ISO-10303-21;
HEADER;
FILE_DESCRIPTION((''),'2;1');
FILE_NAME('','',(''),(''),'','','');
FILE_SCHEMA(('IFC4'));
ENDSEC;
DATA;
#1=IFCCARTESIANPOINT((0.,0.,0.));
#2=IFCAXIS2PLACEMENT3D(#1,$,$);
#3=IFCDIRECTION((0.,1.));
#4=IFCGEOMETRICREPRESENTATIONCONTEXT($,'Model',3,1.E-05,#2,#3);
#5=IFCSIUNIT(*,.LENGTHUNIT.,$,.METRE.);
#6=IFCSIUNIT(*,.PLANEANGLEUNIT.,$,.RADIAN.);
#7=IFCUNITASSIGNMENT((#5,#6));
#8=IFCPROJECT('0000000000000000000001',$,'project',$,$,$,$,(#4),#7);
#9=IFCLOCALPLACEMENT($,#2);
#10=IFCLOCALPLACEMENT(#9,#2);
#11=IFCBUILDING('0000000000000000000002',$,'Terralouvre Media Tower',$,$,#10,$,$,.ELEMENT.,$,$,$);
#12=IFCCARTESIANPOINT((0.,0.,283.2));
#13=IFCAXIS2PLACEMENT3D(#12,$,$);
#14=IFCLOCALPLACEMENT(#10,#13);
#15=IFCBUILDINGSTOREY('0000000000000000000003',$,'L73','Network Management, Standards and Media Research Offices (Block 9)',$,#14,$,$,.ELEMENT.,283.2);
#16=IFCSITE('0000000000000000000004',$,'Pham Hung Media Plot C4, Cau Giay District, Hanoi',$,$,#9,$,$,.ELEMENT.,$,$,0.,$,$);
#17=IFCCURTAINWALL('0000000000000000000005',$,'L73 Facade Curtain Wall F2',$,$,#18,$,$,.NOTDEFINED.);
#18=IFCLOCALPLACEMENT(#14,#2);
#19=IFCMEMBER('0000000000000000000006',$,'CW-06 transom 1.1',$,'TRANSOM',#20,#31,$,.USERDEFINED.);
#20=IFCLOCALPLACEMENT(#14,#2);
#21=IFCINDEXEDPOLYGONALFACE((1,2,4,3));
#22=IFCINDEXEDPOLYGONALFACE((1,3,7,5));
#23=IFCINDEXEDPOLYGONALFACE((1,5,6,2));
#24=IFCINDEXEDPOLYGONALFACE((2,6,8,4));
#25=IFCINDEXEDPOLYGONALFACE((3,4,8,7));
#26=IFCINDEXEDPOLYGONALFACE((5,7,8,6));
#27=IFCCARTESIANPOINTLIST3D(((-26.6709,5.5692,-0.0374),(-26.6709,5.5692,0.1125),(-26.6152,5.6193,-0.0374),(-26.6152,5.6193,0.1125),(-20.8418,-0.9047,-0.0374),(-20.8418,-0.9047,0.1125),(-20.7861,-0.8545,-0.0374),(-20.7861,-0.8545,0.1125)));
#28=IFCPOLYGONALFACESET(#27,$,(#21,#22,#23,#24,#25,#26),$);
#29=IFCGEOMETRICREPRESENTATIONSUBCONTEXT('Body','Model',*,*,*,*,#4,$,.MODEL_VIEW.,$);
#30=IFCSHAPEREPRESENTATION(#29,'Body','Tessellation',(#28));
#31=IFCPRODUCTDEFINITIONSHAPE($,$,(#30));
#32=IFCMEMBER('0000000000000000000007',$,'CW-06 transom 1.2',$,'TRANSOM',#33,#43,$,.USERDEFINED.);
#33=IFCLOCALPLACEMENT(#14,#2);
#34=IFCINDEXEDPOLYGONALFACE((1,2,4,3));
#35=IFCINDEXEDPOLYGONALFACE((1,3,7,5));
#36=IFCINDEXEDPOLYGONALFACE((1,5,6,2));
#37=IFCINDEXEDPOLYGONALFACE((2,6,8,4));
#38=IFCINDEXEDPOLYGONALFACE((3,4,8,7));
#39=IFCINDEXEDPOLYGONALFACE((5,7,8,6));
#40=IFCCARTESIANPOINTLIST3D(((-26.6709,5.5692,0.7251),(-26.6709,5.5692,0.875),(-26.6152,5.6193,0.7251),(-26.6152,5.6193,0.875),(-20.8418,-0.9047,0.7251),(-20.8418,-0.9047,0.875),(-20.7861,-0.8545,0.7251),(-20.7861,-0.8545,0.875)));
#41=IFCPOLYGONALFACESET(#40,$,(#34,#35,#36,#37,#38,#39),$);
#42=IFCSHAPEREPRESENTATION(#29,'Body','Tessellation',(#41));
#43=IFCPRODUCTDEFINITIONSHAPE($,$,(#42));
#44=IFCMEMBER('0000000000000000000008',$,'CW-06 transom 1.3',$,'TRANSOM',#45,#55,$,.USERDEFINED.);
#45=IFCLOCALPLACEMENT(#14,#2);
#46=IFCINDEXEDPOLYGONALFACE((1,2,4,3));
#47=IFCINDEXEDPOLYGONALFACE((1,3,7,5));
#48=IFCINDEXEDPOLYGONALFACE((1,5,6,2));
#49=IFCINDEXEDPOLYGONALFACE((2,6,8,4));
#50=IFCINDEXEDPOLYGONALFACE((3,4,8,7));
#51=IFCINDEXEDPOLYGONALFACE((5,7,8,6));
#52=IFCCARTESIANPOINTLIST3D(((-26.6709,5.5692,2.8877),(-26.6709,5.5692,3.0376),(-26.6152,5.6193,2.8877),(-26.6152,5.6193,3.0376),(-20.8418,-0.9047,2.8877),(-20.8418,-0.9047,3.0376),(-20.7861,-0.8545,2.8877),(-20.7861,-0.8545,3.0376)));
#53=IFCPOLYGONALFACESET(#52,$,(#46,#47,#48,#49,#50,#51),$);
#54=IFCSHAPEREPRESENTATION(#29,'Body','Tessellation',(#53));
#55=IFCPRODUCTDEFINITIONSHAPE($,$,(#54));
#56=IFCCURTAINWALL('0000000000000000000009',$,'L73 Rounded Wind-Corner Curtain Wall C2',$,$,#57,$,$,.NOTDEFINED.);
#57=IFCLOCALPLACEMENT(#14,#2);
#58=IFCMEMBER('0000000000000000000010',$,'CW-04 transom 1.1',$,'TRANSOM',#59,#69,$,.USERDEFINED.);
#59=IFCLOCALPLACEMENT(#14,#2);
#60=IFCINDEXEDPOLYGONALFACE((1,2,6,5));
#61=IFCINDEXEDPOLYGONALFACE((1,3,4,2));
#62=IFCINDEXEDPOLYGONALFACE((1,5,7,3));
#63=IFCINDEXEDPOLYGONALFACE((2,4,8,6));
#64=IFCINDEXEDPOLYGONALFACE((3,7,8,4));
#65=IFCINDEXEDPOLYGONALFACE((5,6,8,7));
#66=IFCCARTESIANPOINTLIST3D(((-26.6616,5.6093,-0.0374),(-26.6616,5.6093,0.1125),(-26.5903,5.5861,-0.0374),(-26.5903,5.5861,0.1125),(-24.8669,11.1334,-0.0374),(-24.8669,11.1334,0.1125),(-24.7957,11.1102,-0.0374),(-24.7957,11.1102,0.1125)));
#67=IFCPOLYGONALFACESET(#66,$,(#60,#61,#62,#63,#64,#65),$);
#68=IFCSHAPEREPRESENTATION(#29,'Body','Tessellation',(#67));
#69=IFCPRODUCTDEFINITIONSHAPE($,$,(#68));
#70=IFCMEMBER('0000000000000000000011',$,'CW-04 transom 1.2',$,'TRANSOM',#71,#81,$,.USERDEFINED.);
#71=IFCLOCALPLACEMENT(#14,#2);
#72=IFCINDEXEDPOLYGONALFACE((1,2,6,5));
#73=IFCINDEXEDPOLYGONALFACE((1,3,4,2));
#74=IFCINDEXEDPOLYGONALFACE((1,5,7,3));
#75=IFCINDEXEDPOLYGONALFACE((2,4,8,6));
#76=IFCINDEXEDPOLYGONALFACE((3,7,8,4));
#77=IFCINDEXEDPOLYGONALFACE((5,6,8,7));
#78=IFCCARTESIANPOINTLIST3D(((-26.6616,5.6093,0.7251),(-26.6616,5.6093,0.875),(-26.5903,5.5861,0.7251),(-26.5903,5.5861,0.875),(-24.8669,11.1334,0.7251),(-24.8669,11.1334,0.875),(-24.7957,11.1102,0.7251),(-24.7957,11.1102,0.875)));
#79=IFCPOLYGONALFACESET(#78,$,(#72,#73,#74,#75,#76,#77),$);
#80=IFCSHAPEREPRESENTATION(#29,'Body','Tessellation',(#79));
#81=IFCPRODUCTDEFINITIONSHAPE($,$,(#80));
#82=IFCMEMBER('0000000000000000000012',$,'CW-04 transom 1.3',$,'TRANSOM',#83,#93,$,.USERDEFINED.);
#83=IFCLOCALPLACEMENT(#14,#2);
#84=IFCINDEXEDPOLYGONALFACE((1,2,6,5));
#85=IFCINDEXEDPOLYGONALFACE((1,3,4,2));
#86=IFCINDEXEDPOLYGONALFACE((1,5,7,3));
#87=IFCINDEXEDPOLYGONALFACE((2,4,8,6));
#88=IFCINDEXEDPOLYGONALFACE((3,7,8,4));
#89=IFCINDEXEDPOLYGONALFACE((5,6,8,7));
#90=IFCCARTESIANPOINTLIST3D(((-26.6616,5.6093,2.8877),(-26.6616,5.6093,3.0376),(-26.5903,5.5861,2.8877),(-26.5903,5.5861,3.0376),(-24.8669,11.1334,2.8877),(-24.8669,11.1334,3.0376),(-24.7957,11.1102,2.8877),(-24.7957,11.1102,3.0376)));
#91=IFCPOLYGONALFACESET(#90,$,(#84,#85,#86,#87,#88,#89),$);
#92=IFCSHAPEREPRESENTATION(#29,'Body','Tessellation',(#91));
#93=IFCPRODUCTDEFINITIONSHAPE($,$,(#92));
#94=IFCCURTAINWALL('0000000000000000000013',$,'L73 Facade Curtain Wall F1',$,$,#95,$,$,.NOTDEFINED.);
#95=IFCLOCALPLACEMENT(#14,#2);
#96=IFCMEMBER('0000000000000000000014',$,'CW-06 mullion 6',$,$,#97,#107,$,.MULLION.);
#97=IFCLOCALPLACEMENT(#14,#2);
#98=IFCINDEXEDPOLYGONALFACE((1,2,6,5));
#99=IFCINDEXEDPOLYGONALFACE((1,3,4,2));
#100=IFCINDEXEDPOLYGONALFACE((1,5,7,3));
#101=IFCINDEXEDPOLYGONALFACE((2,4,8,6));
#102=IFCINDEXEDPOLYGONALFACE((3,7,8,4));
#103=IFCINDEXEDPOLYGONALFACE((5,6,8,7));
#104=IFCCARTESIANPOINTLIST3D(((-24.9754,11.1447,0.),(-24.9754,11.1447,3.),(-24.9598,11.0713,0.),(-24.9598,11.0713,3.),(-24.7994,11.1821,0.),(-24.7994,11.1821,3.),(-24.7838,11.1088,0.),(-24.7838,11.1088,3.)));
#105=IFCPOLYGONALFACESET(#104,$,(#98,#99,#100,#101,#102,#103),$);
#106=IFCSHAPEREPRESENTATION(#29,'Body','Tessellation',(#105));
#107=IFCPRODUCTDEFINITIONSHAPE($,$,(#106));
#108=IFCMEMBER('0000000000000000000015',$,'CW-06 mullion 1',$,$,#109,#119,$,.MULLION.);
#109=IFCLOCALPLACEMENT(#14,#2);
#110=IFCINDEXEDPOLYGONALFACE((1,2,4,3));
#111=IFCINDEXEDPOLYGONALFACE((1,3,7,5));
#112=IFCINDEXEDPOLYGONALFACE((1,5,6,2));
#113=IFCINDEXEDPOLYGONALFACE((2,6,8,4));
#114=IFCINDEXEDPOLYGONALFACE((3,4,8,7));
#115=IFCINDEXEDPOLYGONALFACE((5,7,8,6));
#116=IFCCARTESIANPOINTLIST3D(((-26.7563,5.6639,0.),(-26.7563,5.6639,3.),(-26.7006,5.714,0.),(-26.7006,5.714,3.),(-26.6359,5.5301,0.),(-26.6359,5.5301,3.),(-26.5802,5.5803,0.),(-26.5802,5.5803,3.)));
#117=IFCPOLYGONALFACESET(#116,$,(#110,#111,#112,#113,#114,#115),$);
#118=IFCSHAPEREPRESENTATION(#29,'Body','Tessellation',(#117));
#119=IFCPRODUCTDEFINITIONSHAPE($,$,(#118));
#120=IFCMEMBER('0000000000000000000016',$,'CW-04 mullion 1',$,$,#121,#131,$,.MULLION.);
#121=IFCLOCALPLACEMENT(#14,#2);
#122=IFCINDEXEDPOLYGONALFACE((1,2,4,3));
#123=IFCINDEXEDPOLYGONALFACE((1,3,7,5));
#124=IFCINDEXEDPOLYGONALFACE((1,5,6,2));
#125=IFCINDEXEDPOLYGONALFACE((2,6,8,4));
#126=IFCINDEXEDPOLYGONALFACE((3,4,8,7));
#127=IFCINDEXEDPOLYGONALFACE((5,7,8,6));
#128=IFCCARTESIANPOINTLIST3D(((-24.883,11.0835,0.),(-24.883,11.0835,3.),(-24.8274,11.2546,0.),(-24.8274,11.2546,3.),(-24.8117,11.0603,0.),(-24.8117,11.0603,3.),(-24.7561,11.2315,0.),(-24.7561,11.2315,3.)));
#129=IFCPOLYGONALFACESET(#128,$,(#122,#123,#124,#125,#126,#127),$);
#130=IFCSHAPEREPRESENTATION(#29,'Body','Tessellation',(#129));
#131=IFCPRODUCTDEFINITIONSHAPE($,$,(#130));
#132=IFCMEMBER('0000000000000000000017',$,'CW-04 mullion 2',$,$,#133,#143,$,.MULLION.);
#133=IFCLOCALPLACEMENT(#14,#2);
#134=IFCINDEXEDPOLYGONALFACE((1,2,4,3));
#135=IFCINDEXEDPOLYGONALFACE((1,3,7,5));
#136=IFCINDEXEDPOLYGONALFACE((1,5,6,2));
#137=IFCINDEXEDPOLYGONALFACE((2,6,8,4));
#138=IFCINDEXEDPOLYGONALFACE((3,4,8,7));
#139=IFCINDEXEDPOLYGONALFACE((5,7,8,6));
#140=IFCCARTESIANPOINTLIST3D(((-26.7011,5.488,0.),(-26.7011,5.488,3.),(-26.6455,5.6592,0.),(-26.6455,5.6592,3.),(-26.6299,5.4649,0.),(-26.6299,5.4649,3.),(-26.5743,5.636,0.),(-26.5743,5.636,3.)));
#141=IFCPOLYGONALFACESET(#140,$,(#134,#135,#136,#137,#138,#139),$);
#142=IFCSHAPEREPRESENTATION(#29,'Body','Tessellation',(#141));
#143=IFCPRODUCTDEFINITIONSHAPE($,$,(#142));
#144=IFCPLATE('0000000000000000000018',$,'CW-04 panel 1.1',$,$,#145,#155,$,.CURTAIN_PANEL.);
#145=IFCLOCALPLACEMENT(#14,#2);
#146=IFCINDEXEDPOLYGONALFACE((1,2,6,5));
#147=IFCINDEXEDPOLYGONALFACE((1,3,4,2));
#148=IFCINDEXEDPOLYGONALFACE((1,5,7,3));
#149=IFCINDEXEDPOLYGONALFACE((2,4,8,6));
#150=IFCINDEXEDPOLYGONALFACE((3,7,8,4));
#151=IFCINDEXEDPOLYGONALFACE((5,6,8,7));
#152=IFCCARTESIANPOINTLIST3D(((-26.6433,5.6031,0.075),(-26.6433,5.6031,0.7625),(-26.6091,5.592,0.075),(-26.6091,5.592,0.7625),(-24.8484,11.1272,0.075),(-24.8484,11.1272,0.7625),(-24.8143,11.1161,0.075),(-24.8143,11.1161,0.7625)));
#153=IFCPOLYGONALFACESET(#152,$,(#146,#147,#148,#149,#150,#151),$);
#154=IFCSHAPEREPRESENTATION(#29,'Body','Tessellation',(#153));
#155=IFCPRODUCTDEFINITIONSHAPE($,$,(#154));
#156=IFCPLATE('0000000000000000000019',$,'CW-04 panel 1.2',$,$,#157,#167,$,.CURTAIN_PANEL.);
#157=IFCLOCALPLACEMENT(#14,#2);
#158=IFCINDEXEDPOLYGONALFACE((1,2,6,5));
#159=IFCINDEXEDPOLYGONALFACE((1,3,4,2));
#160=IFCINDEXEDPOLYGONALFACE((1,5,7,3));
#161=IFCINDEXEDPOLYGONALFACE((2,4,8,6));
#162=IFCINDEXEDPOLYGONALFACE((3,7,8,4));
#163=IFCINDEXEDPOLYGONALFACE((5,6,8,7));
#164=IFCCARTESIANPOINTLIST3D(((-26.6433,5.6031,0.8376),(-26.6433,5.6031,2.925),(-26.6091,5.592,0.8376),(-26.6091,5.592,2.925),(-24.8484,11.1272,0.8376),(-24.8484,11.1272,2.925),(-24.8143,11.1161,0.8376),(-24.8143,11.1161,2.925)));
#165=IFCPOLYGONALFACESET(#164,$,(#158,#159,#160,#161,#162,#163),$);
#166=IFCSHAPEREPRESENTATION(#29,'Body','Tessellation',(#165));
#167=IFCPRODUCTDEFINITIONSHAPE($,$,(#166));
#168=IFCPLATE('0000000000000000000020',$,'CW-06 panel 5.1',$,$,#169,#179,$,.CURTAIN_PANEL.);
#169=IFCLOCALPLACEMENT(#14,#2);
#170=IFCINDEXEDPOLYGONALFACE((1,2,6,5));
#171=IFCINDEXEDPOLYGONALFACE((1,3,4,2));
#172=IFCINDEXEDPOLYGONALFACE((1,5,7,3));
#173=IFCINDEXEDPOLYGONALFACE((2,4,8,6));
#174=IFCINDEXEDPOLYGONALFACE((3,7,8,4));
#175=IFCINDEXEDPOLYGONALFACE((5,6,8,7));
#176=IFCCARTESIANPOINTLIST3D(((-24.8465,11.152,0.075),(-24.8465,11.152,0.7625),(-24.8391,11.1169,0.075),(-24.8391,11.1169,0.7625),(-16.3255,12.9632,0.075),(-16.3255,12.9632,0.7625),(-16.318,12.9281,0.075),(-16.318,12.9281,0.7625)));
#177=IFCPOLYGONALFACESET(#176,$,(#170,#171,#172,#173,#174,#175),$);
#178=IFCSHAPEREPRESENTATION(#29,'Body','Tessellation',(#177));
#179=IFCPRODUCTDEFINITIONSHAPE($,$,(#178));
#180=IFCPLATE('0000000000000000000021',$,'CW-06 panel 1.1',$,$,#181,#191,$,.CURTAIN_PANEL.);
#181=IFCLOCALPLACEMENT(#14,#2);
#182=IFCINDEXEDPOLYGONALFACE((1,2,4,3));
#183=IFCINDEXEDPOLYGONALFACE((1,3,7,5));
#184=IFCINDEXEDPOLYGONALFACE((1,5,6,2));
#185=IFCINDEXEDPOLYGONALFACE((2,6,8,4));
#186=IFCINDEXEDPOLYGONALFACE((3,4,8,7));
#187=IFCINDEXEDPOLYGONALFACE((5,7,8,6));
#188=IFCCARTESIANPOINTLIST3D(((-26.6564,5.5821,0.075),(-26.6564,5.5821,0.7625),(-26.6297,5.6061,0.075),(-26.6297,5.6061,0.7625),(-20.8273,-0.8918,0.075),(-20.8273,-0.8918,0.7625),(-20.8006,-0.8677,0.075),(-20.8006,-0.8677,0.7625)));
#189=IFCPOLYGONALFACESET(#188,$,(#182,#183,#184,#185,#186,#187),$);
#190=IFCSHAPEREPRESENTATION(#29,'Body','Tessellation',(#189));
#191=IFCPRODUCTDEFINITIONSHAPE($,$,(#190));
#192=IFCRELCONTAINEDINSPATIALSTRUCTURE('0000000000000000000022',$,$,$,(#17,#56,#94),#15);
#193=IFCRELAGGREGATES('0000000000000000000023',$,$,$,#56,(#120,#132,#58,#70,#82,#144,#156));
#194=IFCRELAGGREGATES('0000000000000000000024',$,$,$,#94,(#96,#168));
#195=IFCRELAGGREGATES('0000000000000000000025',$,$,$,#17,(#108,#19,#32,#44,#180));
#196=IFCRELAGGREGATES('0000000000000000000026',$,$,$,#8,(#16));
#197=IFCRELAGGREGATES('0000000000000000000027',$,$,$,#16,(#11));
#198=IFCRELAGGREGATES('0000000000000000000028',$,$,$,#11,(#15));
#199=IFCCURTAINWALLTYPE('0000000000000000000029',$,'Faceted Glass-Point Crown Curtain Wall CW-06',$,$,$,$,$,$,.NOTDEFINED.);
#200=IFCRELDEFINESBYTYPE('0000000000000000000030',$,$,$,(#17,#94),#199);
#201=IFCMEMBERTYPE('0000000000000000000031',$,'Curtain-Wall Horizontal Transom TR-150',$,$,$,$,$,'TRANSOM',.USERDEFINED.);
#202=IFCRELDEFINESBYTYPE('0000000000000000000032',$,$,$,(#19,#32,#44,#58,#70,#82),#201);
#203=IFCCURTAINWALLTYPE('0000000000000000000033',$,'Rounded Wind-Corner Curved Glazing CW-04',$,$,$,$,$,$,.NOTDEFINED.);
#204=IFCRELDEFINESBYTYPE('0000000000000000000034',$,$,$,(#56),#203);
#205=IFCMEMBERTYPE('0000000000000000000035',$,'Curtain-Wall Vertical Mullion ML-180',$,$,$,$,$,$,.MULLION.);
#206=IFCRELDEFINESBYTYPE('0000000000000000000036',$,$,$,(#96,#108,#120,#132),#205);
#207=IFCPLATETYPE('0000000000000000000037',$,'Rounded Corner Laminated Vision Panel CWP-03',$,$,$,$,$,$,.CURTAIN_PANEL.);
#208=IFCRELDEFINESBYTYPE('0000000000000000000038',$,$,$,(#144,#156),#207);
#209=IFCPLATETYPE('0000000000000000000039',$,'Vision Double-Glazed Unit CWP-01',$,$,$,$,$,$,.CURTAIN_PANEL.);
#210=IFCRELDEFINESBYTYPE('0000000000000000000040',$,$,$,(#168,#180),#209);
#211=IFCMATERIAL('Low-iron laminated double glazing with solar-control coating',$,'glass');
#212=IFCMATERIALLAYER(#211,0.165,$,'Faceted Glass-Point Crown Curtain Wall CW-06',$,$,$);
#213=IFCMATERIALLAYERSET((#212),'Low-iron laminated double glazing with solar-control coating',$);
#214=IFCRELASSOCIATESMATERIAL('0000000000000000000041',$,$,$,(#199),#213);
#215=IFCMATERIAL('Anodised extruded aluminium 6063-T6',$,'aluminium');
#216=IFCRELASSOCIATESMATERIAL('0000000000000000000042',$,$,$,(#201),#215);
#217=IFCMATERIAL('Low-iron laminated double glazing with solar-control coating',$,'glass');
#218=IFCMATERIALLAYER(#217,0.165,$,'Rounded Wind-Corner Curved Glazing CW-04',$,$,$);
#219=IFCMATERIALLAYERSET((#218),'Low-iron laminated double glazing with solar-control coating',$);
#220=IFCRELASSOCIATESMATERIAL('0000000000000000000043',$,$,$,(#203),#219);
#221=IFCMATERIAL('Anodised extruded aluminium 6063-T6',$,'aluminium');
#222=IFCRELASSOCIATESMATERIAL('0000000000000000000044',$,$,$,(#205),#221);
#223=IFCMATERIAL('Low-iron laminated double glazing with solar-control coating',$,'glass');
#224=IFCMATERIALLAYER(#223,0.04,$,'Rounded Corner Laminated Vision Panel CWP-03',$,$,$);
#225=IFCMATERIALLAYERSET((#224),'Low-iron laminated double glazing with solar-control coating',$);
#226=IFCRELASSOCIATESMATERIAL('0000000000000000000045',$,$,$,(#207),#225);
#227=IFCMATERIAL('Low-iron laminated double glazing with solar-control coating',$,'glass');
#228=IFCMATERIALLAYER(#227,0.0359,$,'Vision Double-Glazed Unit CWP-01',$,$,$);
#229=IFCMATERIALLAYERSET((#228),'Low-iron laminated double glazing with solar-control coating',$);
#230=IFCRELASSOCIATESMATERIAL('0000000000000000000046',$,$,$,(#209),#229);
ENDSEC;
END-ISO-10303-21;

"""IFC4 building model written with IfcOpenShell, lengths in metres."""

from ifc_helpers import new_model, si_unit, direction, frame, origin, origin_2d, place, context, subcontext, project, spatial, rectangle, extrude, material, layer, layer_set, material_profile, profile_set, type_object, element, aggregate, save


model = new_model("IFC4")

# Units and contexts
model_context = context("Model", 3, precision=1e-05, world=origin(), true_north=direction((0.0, 1.0)))
body_context = subcontext(model_context, "Body", "Model", "MODEL_VIEW")
ifc_project = project(units=[si_unit("LENGTHUNIT", "METRE"), si_unit("PLANEANGLEUNIT", "RADIAN")], contexts=[model_context])

# Site, building, storey
site_placement = place(None, origin())
site = spatial("IfcSite", under=ifc_project, at=site_placement, Name="Pham Hung Media Plot C4, Cau Giay District, Hanoi", CompositionType="ELEMENT", RefElevation=0.0)
building_placement = place(site_placement, origin())
building = spatial("IfcBuilding", under=site, at=building_placement, Name="Terralouvre Media Tower", CompositionType="ELEMENT")
storey_placement = place(building_placement, frame((0.0, 0.0, 283.2)))
storey = spatial("IfcBuildingStorey", under=building, at=storey_placement, Name="L73", Description="Network Management, Standards and Media Research Offices (Block 9)", CompositionType="ELEMENT", Elevation=283.2)

# Curtain walls, members
ifc_material_1 = material(Name="Low-iron laminated double glazing with solar-control coating", Category="glass")
ifc_layer_1 = layer(ifc_material_1, 0.165, Name="Faceted Glass-Point Crown Curtain Wall CW-06")
ifc_layer_set_1 = layer_set([ifc_layer_1], Name="Low-iron laminated double glazing with solar-control coating")
curtain_wall_type_1 = type_object("IfcCurtainWallType", Name="Faceted Glass-Point Crown Curtain Wall CW-06", PredefinedType="NOTDEFINED", material=ifc_layer_set_1)
curtain_wall_1_placement = place(storey_placement, origin())
curtain_wall_1 = element("IfcCurtainWall", 1, at=curtain_wall_1_placement, inside=storey, type_object=curtain_wall_type_1, Name="L73 Facade Curtain Wall F2", PredefinedType="NOTDEFINED")
ifc_material_2 = material(Name="Anodised extruded aluminium 6063-T6", Category="aluminium")
ifc_material_profile_1 = material_profile(ifc_material_2, rectangle(XDim=0.075, YDim=0.1499, at=origin_2d()), Name="ALU 75x150")
ifc_profile_set_1 = profile_set([ifc_material_profile_1], Name="Anodised extruded aluminium 6063-T6")
member_type_1 = type_object("IfcMemberType", Name="Curtain-Wall Horizontal Transom TR-150", ElementType="TRANSOM", PredefinedType="USERDEFINED", material=ifc_profile_set_1)
member_1_placement = place(storey_placement, frame((-26.6431, 5.5942, 0.0376), z_axis=(0.66913, -0.743145, 0.0), x_axis=(0.743145, 0.66913, 0.0)))
member_1 = element("IfcMember", 2, at=member_1_placement, type_object=member_type_1, Name="CW-06 transom 1.1", ObjectType="TRANSOM", PredefinedType="USERDEFINED", context=body_context, shape_type="SweptSolid", body=[
    extrude(rectangle(XDim=0.075, YDim=0.1499, at=origin_2d()), origin(), (0.0, 0.0, 1.0), 8.7114),
])
member_2_placement = place(storey_placement, frame((-26.6431, 5.5942, 0.8), z_axis=(0.66913, -0.743145, 0.0), x_axis=(0.743145, 0.66913, 0.0)))
member_2 = element("IfcMember", 3, at=member_2_placement, type_object=member_type_1, Name="CW-06 transom 1.2", ObjectType="TRANSOM", PredefinedType="USERDEFINED", context=body_context, shape_type="SweptSolid", body=[
    extrude(rectangle(XDim=0.075, YDim=0.1499, at=origin_2d()), origin(), (0.0, 0.0, 1.0), 8.7114),
])
member_3_placement = place(storey_placement, frame((-26.6431, 5.5942, 2.9626), z_axis=(0.66913, -0.743145, 0.0), x_axis=(0.743145, 0.66913, 0.0)))
member_3 = element("IfcMember", 4, at=member_3_placement, type_object=member_type_1, Name="CW-06 transom 1.3", ObjectType="TRANSOM", PredefinedType="USERDEFINED", context=body_context, shape_type="SweptSolid", body=[
    extrude(rectangle(XDim=0.075, YDim=0.1499, at=origin_2d()), origin(), (0.0, 0.0, 1.0), 8.7114),
])
ifc_material_3 = material(Name="Low-iron laminated double glazing with solar-control coating", Category="glass")
ifc_layer_2 = layer(ifc_material_3, 0.165, Name="Rounded Wind-Corner Curved Glazing CW-04")
ifc_layer_set_2 = layer_set([ifc_layer_2], Name="Low-iron laminated double glazing with solar-control coating")
curtain_wall_type_2 = type_object("IfcCurtainWallType", Name="Rounded Wind-Corner Curved Glazing CW-04", PredefinedType="NOTDEFINED", material=ifc_layer_set_2)
curtain_wall_2_placement = place(storey_placement, origin())
curtain_wall_2 = element("IfcCurtainWall", 5, at=curtain_wall_2_placement, inside=storey, type_object=curtain_wall_type_2, Name="L73 Rounded Wind-Corner Curtain Wall C2", PredefinedType="NOTDEFINED")
member_4_placement = place(storey_placement, frame((-24.8313, 11.1218, 0.0376), z_axis=(-0.308981, -0.951068, 0.0), x_axis=(0.951068, -0.308981, 0.0)))
member_4 = element("IfcMember", 6, at=member_4_placement, type_object=member_type_1, Name="CW-04 transom 1.1", ObjectType="TRANSOM", PredefinedType="USERDEFINED", context=body_context, shape_type="SweptSolid", body=[
    extrude(rectangle(XDim=0.075, YDim=0.1499, at=origin_2d()), origin(), (0.0, 0.0, 1.0), 5.8083),
])
member_5_placement = place(storey_placement, frame((-24.8313, 11.1218, 0.8), z_axis=(-0.308981, -0.951068, 0.0), x_axis=(0.951068, -0.308981, 0.0)))
member_5 = element("IfcMember", 7, at=member_5_placement, type_object=member_type_1, Name="CW-04 transom 1.2", ObjectType="TRANSOM", PredefinedType="USERDEFINED", context=body_context, shape_type="SweptSolid", body=[
    extrude(rectangle(XDim=0.075, YDim=0.1499, at=origin_2d()), origin(), (0.0, 0.0, 1.0), 5.8083),
])
member_6_placement = place(storey_placement, frame((-24.8313, 11.1218, 2.9626), z_axis=(-0.308981, -0.951068, 0.0), x_axis=(0.951068, -0.308981, 0.0)))
member_6 = element("IfcMember", 8, at=member_6_placement, type_object=member_type_1, Name="CW-04 transom 1.3", ObjectType="TRANSOM", PredefinedType="USERDEFINED", context=body_context, shape_type="SweptSolid", body=[
    extrude(rectangle(XDim=0.075, YDim=0.1499, at=origin_2d()), origin(), (0.0, 0.0, 1.0), 5.8083),
])

# Curtain wall, member
curtain_wall_3_placement = place(storey_placement, origin())
curtain_wall_3 = element("IfcCurtainWall", 9, at=curtain_wall_3_placement, inside=storey, type_object=curtain_wall_type_1, Name="L73 Facade Curtain Wall F1", PredefinedType="NOTDEFINED")
ifc_material_4 = material(Name="Anodised extruded aluminium 6063-T6", Category="aluminium")
ifc_material_profile_2 = material_profile(ifc_material_4, rectangle(XDim=0.075, YDim=0.1799, at=origin_2d()), Name="ALU 75x180")
ifc_profile_set_2 = profile_set([ifc_material_profile_2], Name="Anodised extruded aluminium 6063-T6")
member_type_2 = type_object("IfcMemberType", Name="Curtain-Wall Vertical Mullion ML-180", PredefinedType="MULLION", material=ifc_profile_set_2)
member_7_placement = place(storey_placement, frame((-24.8796, 11.1267, 0.0), z_axis=(0.0, 0.0, 1.0), x_axis=(0.207912, -0.978148, 0.0)))
member_7 = element("IfcMember", 10, at=member_7_placement, type_object=member_type_2, Name="CW-06 mullion 6", PredefinedType="MULLION", context=body_context, shape_type="SweptSolid", body=[
    extrude(rectangle(XDim=0.075, YDim=0.1799, at=origin_2d()), origin(), (0.0, 0.0, 1.0), 3.0),
])

# Members
member_8_placement = place(storey_placement, frame((-26.6682, 5.6221, 0.0), z_axis=(0.0, 0.0, 1.0), x_axis=(0.743145, 0.669131, 0.0)))
member_8 = element("IfcMember", 11, at=member_8_placement, type_object=member_type_2, Name="CW-06 mullion 1", PredefinedType="MULLION", context=body_context, shape_type="SweptSolid", body=[
    extrude(rectangle(XDim=0.075, YDim=0.1799, at=origin_2d()), origin(), (0.0, 0.0, 1.0), 3.0),
])
member_9_placement = place(storey_placement, frame((-24.8196, 11.1575, 0.0), z_axis=(0.0, 0.0, 1.0), x_axis=(0.951057, -0.309017, 0.0)))
member_9 = element("IfcMember", 12, at=member_9_placement, type_object=member_type_2, Name="CW-04 mullion 1", PredefinedType="MULLION", context=body_context, shape_type="SweptSolid", body=[
    extrude(rectangle(XDim=0.075, YDim=0.1799, at=origin_2d()), origin(), (0.0, 0.0, 1.0), 3.0),
])
member_10_placement = place(storey_placement, frame((-26.6377, 5.562, 0.0), z_axis=(0.0, 0.0, 1.0), x_axis=(0.951057, -0.309017, 0.0)))
member_10 = element("IfcMember", 13, at=member_10_placement, type_object=member_type_2, Name="CW-04 mullion 2", PredefinedType="MULLION", context=body_context, shape_type="SweptSolid", body=[
    extrude(rectangle(XDim=0.075, YDim=0.1799, at=origin_2d()), origin(), (0.0, 0.0, 1.0), 3.0),
])

# Plates
ifc_material_5 = material(Name="Low-iron laminated double glazing with solar-control coating", Category="glass")
ifc_layer_3 = layer(ifc_material_5, 0.04, Name="Rounded Corner Laminated Vision Panel CWP-03")
ifc_layer_set_3 = layer_set([ifc_layer_3], Name="Low-iron laminated double glazing with solar-control coating")
plate_type_1 = type_object("IfcPlateType", Name="Rounded Corner Laminated Vision Panel CWP-03", PredefinedType="CURTAIN_PANEL", material=ifc_layer_set_3)
plate_1_placement = place(storey_placement, frame((-25.7288, 8.3596, 0.075), z_axis=(0.0, 0.0, 1.0), x_axis=(-0.309017, -0.951057, 0.0)))
plate_1 = element("IfcPlate", 14, at=plate_1_placement, type_object=plate_type_1, Name="CW-04 panel 1.1", PredefinedType="CURTAIN_PANEL", context=body_context, shape_type="SweptSolid", body=[
    extrude(rectangle(XDim=5.8083, YDim=0.0359, at=origin_2d()), origin(), (0.0, 0.0, 1.0), 0.6875),
])
plate_2_placement = place(storey_placement, frame((-25.7288, 8.3596, 0.8376), z_axis=(0.0, 0.0, 1.0), x_axis=(-0.309017, -0.951057, 0.0)))
plate_2 = element("IfcPlate", 15, at=plate_2_placement, type_object=plate_type_1, Name="CW-04 panel 1.2", PredefinedType="CURTAIN_PANEL", context=body_context, shape_type="SweptSolid", body=[
    extrude(rectangle(XDim=5.8083, YDim=0.0359, at=origin_2d()), origin(), (0.0, 0.0, 1.0), 2.0874),
])
aggregate(curtain_wall_2, [member_9, member_10, member_4, member_5, member_6, plate_1, plate_2])
ifc_material_6 = material(Name="Low-iron laminated double glazing with solar-control coating", Category="glass")
ifc_layer_4 = layer(ifc_material_6, 0.0359, Name="Vision Double-Glazed Unit CWP-01")
ifc_layer_set_4 = layer_set([ifc_layer_4], Name="Low-iron laminated double glazing with solar-control coating")
plate_type_2 = type_object("IfcPlateType", Name="Vision Double-Glazed Unit CWP-01", PredefinedType="CURTAIN_PANEL", material=ifc_layer_set_4)
plate_3_placement = place(storey_placement, frame((-20.5823, 12.04, 0.075), z_axis=(0.0, 0.0, 1.0), x_axis=(-0.978148, -0.207912, 0.0)))
plate_3 = element("IfcPlate", 16, at=plate_3_placement, type_object=plate_type_2, Name="CW-06 panel 5.1", PredefinedType="CURTAIN_PANEL", context=body_context, shape_type="SweptSolid", body=[
    extrude(rectangle(XDim=8.7114, YDim=0.0359, at=origin_2d()), origin(), (0.0, 0.0, 1.0), 0.6875),
])
aggregate(curtain_wall_3, [member_7, plate_3])
plate_4_placement = place(storey_placement, frame((-23.7285, 2.3572, 0.075), z_axis=(0.0, 0.0, 1.0), x_axis=(0.669131, -0.743145, 0.0)))
plate_4 = element("IfcPlate", 17, at=plate_4_placement, type_object=plate_type_2, Name="CW-06 panel 1.1", PredefinedType="CURTAIN_PANEL", context=body_context, shape_type="SweptSolid", body=[
    extrude(rectangle(XDim=8.7114, YDim=0.0359, at=origin_2d()), origin(), (0.0, 0.0, 1.0), 0.6875),
])
aggregate(curtain_wall_1, [member_8, member_1, member_2, member_3, plate_4])

save(model, "model.ifc")
